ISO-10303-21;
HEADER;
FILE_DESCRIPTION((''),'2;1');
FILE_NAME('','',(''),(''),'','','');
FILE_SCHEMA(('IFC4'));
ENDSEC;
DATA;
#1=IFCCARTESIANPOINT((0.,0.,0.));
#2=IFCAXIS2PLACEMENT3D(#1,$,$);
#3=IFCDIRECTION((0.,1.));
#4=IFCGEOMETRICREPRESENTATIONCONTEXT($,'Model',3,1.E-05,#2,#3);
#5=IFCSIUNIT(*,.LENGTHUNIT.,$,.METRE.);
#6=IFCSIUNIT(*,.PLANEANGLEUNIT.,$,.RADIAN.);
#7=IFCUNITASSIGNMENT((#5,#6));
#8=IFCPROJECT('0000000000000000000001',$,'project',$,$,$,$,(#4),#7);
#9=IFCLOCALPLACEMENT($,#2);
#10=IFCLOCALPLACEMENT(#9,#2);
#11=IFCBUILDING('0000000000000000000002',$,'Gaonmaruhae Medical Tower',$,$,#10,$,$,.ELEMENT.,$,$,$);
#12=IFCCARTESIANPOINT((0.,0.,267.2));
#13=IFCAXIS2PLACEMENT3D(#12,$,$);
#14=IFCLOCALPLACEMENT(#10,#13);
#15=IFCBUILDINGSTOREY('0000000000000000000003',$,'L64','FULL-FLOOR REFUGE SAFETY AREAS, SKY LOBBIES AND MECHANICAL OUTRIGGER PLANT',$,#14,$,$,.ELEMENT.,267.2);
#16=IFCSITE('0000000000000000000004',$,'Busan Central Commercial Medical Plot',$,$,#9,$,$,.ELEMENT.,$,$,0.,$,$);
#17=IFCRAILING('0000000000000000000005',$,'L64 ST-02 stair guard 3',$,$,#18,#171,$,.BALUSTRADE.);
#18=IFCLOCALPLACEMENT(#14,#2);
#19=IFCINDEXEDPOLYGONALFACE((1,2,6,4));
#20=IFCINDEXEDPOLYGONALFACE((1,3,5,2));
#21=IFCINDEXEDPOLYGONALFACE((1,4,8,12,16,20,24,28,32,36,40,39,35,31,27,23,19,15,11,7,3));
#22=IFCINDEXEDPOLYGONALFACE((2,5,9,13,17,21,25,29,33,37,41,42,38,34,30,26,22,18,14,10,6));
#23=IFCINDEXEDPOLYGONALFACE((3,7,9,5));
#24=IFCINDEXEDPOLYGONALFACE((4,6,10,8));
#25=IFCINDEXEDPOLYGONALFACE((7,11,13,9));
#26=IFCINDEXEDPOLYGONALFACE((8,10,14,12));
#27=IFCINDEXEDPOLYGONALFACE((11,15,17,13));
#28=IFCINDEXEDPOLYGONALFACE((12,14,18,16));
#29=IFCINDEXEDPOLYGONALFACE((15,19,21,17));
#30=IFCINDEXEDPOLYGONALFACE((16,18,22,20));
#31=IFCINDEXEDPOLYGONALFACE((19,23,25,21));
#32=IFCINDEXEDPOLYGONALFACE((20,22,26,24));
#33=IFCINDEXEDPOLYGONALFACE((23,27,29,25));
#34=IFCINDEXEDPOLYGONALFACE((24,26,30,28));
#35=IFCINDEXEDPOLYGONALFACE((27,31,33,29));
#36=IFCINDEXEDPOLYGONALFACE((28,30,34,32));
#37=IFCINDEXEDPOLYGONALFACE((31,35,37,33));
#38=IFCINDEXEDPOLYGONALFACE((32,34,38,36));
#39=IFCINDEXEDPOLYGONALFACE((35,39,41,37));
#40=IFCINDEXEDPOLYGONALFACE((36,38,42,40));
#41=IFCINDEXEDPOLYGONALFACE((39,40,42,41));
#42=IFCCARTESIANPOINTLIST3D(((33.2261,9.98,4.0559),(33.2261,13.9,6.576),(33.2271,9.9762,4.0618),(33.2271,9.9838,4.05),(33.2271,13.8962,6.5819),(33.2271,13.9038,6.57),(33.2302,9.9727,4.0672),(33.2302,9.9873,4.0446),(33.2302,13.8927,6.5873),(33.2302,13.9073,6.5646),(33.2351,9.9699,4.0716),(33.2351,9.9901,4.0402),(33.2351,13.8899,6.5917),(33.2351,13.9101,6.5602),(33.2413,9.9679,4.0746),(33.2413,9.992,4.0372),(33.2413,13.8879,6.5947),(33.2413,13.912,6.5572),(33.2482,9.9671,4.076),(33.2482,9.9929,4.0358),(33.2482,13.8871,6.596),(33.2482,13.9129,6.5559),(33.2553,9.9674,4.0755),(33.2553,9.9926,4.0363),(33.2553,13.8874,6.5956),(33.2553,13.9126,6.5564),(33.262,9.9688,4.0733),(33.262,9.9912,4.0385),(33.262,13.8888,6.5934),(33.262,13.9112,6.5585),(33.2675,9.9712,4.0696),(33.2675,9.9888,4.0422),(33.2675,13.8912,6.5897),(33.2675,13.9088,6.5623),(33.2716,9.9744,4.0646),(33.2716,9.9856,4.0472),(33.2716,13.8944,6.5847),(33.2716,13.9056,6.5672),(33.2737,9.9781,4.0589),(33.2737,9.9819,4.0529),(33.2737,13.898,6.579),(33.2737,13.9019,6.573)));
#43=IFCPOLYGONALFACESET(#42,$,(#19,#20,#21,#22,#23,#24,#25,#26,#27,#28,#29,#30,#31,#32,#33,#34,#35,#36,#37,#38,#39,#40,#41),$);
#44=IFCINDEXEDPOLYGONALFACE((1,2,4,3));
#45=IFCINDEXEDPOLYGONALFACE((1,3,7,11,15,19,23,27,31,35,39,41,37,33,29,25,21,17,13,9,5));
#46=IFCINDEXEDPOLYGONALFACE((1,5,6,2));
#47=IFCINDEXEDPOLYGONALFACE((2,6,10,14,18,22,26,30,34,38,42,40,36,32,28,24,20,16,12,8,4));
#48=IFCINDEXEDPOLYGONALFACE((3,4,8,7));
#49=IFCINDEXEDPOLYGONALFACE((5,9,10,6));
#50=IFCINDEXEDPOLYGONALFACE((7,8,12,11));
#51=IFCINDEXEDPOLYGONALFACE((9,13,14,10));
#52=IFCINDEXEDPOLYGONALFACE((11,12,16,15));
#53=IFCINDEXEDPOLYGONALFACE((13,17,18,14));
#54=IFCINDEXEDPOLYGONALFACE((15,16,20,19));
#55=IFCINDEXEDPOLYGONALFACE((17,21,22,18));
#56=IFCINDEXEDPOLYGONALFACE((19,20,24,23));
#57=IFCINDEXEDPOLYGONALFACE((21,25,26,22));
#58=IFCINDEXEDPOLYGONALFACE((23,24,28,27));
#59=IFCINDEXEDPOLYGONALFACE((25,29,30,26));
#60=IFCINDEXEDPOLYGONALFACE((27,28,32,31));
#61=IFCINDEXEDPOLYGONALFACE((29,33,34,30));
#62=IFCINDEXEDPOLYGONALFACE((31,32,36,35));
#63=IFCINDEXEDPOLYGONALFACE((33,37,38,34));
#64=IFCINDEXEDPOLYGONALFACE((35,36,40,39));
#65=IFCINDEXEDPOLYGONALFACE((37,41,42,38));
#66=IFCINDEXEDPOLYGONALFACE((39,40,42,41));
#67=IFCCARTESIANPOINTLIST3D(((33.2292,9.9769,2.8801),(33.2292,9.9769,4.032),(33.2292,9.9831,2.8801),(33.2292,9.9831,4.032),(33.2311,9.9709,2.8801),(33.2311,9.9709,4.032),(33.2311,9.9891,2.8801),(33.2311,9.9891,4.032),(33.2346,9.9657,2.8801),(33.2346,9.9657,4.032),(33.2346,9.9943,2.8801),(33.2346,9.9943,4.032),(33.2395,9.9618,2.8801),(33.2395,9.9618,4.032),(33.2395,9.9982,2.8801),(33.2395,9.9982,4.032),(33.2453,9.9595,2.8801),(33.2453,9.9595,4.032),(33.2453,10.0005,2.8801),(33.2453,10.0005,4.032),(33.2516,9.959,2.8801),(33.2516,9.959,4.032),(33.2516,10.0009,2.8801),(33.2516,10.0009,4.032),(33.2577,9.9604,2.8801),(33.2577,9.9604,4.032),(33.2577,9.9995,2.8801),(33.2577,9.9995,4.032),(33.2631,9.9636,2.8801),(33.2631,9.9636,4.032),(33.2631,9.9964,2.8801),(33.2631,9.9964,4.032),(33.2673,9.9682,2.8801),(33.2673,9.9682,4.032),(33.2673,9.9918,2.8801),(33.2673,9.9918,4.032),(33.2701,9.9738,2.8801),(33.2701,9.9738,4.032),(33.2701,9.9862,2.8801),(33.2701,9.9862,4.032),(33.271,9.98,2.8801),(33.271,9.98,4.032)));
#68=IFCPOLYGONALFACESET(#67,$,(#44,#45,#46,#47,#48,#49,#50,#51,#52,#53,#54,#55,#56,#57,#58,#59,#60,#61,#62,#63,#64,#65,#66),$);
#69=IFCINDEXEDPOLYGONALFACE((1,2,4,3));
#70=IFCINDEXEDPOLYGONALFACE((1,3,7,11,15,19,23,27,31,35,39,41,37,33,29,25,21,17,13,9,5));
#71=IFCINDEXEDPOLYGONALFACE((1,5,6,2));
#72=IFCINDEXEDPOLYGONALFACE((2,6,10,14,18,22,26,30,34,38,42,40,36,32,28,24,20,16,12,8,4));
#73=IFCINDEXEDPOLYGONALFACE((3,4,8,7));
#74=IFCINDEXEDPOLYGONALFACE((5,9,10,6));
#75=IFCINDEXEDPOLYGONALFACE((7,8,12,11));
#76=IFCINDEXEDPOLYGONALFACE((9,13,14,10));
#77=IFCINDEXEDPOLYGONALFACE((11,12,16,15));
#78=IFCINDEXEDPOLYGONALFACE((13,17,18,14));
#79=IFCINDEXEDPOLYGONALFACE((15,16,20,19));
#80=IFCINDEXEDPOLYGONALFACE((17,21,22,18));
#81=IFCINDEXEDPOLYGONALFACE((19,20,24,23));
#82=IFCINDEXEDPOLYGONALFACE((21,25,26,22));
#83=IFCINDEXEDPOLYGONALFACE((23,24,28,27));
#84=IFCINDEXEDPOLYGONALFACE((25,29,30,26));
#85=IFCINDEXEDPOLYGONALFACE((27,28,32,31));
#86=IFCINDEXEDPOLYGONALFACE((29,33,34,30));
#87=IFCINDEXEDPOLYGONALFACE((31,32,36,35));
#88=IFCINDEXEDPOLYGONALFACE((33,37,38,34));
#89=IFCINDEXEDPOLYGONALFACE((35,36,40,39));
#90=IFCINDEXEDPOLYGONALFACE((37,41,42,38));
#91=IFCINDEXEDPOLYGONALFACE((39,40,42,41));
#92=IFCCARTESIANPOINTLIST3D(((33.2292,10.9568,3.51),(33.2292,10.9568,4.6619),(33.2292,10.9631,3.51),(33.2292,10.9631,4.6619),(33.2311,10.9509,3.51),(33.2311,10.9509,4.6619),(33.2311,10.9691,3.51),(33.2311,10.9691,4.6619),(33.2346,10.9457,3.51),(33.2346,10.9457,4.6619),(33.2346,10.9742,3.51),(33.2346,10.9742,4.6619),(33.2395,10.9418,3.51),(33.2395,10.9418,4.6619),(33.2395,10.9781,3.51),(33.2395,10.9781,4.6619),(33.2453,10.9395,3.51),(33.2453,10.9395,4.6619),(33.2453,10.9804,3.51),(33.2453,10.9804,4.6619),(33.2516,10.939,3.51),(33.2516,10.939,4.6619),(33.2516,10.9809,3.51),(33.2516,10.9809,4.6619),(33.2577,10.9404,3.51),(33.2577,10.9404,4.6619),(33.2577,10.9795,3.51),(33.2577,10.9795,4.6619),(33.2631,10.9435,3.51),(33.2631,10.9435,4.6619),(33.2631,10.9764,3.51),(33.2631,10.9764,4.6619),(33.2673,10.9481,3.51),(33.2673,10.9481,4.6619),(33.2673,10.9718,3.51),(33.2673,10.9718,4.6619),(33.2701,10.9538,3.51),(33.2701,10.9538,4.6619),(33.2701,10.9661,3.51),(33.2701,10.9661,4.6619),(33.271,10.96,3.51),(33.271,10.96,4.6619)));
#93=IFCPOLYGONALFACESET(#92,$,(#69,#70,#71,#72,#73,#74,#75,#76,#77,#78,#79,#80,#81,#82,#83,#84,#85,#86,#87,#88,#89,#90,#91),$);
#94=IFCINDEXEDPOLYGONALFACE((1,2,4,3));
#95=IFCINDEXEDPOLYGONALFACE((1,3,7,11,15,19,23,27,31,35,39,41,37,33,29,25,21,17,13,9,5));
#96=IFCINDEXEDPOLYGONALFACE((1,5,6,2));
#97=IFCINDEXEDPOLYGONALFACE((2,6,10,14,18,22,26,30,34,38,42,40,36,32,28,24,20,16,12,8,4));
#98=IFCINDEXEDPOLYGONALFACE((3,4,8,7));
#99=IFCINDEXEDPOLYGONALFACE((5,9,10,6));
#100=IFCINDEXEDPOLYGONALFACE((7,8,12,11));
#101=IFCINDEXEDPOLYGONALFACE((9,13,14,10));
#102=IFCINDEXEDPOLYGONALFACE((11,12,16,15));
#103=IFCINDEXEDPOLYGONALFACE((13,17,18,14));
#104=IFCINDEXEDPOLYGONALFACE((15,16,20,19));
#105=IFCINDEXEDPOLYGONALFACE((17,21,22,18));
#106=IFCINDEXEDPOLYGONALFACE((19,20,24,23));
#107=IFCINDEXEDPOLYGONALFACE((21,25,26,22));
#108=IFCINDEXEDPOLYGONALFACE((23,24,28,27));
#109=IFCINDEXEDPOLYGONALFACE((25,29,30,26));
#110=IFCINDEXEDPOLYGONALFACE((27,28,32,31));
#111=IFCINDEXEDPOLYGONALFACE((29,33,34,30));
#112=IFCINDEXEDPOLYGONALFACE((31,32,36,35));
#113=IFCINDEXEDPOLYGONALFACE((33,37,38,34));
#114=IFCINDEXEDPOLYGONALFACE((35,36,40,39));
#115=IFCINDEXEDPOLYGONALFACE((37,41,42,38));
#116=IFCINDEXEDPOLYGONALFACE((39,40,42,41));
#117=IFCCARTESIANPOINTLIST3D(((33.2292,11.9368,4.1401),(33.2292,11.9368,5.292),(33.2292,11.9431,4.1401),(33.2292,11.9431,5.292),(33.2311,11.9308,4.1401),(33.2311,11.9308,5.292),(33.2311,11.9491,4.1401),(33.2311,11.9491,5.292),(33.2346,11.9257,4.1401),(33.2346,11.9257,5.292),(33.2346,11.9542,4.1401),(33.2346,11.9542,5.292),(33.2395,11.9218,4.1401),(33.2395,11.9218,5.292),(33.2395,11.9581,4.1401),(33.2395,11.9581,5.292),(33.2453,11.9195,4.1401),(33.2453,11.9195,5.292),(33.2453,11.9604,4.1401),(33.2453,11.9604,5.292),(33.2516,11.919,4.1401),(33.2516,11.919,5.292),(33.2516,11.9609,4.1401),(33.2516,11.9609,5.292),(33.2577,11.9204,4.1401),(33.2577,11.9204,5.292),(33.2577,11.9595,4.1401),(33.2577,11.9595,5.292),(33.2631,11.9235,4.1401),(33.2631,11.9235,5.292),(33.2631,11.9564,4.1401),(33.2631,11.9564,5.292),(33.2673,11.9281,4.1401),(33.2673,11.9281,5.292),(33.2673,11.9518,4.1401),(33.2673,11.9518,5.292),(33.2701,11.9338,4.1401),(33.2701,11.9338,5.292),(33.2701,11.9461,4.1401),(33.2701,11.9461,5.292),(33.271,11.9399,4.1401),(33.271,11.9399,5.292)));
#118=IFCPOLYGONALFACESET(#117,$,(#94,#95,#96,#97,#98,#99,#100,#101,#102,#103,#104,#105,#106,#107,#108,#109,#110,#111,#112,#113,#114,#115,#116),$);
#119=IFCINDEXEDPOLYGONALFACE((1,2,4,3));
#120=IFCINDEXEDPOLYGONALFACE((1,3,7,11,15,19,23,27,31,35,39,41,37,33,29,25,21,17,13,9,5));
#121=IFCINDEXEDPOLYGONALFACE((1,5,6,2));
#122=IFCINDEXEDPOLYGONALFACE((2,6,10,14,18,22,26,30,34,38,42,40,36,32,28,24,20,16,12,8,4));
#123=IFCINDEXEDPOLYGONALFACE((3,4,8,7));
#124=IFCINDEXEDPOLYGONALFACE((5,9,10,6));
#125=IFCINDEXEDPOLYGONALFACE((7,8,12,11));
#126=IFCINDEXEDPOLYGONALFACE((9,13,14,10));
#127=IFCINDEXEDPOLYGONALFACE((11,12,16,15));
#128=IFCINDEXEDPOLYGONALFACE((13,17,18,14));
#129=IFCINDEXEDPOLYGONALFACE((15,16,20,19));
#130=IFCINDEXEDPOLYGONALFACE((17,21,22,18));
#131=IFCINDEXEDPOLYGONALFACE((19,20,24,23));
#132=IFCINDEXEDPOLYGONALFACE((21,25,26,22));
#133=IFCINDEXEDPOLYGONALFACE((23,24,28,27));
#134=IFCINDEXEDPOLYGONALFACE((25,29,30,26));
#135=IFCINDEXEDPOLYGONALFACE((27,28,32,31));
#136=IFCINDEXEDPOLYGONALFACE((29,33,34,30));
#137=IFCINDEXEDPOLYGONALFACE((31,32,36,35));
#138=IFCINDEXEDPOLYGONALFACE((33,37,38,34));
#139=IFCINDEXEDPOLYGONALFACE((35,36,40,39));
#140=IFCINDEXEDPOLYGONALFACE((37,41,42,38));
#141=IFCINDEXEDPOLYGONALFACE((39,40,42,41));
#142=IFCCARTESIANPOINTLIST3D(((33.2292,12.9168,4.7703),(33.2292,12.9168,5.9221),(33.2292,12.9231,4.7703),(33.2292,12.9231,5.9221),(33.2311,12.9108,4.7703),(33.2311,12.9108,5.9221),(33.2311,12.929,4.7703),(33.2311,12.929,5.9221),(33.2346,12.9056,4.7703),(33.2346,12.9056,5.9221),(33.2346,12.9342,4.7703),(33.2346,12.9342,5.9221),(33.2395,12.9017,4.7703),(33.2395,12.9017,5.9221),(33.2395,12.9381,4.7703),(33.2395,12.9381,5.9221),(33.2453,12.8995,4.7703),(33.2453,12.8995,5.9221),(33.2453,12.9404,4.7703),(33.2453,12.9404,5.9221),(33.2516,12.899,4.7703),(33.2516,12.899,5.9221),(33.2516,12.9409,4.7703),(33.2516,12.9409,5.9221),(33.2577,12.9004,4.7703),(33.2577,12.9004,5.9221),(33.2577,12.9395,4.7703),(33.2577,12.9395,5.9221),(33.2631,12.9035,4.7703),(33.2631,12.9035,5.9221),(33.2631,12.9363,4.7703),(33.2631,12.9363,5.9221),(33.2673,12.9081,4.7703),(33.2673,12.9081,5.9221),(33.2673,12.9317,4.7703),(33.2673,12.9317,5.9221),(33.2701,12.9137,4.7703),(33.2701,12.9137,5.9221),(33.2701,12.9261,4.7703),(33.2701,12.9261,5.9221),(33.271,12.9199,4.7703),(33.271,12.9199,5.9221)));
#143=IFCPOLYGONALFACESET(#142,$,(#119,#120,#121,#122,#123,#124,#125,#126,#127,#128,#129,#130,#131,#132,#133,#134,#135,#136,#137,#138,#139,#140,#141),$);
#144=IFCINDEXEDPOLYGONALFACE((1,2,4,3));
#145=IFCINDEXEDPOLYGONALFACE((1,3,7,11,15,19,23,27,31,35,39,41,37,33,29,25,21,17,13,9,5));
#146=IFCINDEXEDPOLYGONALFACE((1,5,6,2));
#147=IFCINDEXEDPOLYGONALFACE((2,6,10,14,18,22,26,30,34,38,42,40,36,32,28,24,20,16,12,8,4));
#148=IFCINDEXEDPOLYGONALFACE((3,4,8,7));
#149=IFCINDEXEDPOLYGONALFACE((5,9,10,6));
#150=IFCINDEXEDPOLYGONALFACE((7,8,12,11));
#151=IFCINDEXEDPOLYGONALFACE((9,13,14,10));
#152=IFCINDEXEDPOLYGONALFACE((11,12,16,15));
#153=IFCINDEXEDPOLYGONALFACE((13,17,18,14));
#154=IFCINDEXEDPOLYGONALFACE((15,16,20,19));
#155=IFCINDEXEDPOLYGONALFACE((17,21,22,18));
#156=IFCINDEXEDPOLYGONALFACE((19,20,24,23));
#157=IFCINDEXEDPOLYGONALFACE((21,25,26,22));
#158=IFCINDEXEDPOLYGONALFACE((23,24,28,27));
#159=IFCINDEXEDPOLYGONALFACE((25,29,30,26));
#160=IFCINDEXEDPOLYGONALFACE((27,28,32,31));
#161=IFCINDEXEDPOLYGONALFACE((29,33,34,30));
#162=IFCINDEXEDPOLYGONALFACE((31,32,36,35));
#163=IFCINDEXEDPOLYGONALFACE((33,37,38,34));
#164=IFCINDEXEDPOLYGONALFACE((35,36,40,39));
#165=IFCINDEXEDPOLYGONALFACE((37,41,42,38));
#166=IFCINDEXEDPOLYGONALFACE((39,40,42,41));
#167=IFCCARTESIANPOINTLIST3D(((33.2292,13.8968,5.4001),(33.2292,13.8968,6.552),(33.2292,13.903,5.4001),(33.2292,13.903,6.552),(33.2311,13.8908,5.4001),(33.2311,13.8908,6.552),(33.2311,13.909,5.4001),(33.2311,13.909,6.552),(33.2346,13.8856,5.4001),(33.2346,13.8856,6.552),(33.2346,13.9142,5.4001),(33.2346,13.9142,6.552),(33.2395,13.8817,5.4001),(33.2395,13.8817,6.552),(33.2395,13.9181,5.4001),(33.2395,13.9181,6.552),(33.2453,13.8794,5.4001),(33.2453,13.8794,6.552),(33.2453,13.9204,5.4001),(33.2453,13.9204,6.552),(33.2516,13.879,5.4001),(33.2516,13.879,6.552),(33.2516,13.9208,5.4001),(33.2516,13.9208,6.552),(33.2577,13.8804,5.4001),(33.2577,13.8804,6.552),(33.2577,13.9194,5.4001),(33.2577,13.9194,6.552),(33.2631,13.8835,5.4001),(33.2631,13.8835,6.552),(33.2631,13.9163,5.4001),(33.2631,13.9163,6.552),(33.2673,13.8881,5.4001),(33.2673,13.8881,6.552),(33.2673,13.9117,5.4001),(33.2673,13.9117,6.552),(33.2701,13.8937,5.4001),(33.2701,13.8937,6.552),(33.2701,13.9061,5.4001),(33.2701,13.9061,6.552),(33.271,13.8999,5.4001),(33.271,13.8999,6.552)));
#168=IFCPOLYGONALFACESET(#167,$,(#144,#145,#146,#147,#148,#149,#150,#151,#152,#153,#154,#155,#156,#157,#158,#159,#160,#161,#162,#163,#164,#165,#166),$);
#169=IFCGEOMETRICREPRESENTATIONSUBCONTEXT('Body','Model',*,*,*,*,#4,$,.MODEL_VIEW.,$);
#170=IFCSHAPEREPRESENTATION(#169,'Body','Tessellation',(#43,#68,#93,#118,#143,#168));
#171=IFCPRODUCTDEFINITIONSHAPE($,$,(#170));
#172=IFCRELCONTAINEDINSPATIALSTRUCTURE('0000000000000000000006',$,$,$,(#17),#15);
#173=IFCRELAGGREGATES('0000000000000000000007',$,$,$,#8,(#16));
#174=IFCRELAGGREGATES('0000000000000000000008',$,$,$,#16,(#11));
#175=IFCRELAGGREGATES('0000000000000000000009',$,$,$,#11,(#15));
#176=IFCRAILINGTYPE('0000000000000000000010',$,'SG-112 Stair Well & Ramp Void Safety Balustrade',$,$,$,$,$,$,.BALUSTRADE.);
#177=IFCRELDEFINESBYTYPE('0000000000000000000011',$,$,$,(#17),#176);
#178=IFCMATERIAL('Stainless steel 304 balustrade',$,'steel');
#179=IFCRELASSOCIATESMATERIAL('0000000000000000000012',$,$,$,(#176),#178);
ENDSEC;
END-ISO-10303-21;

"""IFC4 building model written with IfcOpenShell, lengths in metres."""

from ifc_helpers import new_model, si_unit, direction, frame, origin, origin_2d, place, context, subcontext, project, spatial, circle, extrude, material, type_object, element, save


model = new_model("IFC4")

# Units and contexts
model_context = context("Model", 3, precision=1e-05, world=origin(), true_north=direction((0.0, 1.0)))
body_context = subcontext(model_context, "Body", "Model", "MODEL_VIEW")
ifc_project = project(units=[si_unit("LENGTHUNIT", "METRE"), si_unit("PLANEANGLEUNIT", "RADIAN")], contexts=[model_context])

# Site, building, storey
site_placement = place(None, origin())
site = spatial("IfcSite", under=ifc_project, at=site_placement, Name="Busan Central Commercial Medical Plot", CompositionType="ELEMENT", RefElevation=0.0)
building_placement = place(site_placement, origin())
building = spatial("IfcBuilding", under=site, at=building_placement, Name="Gaonmaruhae Medical Tower", CompositionType="ELEMENT")
storey_placement = place(building_placement, frame((0.0, 0.0, 267.2)))
storey = spatial("IfcBuildingStorey", under=building, at=storey_placement, Name="L64", Description="FULL-FLOOR REFUGE SAFETY AREAS, SKY LOBBIES AND MECHANICAL OUTRIGGER PLANT", CompositionType="ELEMENT", Elevation=267.2)

# Railing
ifc_material_1 = material(Name="Stainless steel 304 balustrade", Category="steel")
railing_type_1 = type_object("IfcRailingType", Name="SG-112 Stair Well & Ramp Void Safety Balustrade", PredefinedType="BALUSTRADE", material=ifc_material_1)
railing_1_placement = place(storey_placement, frame((33.25, 9.98, 2.8801)))
element("IfcRailing", 1, at=railing_1_placement, inside=storey, type_object=railing_type_1, Name="L64 ST-02 stair guard 3", PredefinedType="BALUSTRADE", context=body_context, shape_type="SweptSolid", body=[
    extrude(circle(Radius=0.0239, at=origin_2d()), frame((0.0, 0.0, 1.1758), z_axis=(0.0, 0.841172, 0.540768), x_axis=(-1.0, 0.0, 0.0)), (0.0, 0.0, 1.0), 4.6602),
    extrude(circle(Radius=0.021, at=origin_2d()), origin(), (0.0, 0.0, 1.0), 1.1519),
    extrude(circle(Radius=0.021, at=origin_2d()), frame((0.0, 0.98, 0.6299)), (0.0, 0.0, 1.0), 1.1519),
    extrude(circle(Radius=0.021, at=origin_2d()), frame((0.0, 1.96, 1.26)), (0.0, 0.0, 1.0), 1.1519),
    extrude(circle(Radius=0.021, at=origin_2d()), frame((0.0, 2.9399, 1.8901)), (0.0, 0.0, 1.0), 1.1519),
    extrude(circle(Radius=0.021, at=origin_2d()), frame((0.0, 3.9199, 2.52)), (0.0, 0.0, 1.0), 1.1519),
])

save(model, "model.ifc")
